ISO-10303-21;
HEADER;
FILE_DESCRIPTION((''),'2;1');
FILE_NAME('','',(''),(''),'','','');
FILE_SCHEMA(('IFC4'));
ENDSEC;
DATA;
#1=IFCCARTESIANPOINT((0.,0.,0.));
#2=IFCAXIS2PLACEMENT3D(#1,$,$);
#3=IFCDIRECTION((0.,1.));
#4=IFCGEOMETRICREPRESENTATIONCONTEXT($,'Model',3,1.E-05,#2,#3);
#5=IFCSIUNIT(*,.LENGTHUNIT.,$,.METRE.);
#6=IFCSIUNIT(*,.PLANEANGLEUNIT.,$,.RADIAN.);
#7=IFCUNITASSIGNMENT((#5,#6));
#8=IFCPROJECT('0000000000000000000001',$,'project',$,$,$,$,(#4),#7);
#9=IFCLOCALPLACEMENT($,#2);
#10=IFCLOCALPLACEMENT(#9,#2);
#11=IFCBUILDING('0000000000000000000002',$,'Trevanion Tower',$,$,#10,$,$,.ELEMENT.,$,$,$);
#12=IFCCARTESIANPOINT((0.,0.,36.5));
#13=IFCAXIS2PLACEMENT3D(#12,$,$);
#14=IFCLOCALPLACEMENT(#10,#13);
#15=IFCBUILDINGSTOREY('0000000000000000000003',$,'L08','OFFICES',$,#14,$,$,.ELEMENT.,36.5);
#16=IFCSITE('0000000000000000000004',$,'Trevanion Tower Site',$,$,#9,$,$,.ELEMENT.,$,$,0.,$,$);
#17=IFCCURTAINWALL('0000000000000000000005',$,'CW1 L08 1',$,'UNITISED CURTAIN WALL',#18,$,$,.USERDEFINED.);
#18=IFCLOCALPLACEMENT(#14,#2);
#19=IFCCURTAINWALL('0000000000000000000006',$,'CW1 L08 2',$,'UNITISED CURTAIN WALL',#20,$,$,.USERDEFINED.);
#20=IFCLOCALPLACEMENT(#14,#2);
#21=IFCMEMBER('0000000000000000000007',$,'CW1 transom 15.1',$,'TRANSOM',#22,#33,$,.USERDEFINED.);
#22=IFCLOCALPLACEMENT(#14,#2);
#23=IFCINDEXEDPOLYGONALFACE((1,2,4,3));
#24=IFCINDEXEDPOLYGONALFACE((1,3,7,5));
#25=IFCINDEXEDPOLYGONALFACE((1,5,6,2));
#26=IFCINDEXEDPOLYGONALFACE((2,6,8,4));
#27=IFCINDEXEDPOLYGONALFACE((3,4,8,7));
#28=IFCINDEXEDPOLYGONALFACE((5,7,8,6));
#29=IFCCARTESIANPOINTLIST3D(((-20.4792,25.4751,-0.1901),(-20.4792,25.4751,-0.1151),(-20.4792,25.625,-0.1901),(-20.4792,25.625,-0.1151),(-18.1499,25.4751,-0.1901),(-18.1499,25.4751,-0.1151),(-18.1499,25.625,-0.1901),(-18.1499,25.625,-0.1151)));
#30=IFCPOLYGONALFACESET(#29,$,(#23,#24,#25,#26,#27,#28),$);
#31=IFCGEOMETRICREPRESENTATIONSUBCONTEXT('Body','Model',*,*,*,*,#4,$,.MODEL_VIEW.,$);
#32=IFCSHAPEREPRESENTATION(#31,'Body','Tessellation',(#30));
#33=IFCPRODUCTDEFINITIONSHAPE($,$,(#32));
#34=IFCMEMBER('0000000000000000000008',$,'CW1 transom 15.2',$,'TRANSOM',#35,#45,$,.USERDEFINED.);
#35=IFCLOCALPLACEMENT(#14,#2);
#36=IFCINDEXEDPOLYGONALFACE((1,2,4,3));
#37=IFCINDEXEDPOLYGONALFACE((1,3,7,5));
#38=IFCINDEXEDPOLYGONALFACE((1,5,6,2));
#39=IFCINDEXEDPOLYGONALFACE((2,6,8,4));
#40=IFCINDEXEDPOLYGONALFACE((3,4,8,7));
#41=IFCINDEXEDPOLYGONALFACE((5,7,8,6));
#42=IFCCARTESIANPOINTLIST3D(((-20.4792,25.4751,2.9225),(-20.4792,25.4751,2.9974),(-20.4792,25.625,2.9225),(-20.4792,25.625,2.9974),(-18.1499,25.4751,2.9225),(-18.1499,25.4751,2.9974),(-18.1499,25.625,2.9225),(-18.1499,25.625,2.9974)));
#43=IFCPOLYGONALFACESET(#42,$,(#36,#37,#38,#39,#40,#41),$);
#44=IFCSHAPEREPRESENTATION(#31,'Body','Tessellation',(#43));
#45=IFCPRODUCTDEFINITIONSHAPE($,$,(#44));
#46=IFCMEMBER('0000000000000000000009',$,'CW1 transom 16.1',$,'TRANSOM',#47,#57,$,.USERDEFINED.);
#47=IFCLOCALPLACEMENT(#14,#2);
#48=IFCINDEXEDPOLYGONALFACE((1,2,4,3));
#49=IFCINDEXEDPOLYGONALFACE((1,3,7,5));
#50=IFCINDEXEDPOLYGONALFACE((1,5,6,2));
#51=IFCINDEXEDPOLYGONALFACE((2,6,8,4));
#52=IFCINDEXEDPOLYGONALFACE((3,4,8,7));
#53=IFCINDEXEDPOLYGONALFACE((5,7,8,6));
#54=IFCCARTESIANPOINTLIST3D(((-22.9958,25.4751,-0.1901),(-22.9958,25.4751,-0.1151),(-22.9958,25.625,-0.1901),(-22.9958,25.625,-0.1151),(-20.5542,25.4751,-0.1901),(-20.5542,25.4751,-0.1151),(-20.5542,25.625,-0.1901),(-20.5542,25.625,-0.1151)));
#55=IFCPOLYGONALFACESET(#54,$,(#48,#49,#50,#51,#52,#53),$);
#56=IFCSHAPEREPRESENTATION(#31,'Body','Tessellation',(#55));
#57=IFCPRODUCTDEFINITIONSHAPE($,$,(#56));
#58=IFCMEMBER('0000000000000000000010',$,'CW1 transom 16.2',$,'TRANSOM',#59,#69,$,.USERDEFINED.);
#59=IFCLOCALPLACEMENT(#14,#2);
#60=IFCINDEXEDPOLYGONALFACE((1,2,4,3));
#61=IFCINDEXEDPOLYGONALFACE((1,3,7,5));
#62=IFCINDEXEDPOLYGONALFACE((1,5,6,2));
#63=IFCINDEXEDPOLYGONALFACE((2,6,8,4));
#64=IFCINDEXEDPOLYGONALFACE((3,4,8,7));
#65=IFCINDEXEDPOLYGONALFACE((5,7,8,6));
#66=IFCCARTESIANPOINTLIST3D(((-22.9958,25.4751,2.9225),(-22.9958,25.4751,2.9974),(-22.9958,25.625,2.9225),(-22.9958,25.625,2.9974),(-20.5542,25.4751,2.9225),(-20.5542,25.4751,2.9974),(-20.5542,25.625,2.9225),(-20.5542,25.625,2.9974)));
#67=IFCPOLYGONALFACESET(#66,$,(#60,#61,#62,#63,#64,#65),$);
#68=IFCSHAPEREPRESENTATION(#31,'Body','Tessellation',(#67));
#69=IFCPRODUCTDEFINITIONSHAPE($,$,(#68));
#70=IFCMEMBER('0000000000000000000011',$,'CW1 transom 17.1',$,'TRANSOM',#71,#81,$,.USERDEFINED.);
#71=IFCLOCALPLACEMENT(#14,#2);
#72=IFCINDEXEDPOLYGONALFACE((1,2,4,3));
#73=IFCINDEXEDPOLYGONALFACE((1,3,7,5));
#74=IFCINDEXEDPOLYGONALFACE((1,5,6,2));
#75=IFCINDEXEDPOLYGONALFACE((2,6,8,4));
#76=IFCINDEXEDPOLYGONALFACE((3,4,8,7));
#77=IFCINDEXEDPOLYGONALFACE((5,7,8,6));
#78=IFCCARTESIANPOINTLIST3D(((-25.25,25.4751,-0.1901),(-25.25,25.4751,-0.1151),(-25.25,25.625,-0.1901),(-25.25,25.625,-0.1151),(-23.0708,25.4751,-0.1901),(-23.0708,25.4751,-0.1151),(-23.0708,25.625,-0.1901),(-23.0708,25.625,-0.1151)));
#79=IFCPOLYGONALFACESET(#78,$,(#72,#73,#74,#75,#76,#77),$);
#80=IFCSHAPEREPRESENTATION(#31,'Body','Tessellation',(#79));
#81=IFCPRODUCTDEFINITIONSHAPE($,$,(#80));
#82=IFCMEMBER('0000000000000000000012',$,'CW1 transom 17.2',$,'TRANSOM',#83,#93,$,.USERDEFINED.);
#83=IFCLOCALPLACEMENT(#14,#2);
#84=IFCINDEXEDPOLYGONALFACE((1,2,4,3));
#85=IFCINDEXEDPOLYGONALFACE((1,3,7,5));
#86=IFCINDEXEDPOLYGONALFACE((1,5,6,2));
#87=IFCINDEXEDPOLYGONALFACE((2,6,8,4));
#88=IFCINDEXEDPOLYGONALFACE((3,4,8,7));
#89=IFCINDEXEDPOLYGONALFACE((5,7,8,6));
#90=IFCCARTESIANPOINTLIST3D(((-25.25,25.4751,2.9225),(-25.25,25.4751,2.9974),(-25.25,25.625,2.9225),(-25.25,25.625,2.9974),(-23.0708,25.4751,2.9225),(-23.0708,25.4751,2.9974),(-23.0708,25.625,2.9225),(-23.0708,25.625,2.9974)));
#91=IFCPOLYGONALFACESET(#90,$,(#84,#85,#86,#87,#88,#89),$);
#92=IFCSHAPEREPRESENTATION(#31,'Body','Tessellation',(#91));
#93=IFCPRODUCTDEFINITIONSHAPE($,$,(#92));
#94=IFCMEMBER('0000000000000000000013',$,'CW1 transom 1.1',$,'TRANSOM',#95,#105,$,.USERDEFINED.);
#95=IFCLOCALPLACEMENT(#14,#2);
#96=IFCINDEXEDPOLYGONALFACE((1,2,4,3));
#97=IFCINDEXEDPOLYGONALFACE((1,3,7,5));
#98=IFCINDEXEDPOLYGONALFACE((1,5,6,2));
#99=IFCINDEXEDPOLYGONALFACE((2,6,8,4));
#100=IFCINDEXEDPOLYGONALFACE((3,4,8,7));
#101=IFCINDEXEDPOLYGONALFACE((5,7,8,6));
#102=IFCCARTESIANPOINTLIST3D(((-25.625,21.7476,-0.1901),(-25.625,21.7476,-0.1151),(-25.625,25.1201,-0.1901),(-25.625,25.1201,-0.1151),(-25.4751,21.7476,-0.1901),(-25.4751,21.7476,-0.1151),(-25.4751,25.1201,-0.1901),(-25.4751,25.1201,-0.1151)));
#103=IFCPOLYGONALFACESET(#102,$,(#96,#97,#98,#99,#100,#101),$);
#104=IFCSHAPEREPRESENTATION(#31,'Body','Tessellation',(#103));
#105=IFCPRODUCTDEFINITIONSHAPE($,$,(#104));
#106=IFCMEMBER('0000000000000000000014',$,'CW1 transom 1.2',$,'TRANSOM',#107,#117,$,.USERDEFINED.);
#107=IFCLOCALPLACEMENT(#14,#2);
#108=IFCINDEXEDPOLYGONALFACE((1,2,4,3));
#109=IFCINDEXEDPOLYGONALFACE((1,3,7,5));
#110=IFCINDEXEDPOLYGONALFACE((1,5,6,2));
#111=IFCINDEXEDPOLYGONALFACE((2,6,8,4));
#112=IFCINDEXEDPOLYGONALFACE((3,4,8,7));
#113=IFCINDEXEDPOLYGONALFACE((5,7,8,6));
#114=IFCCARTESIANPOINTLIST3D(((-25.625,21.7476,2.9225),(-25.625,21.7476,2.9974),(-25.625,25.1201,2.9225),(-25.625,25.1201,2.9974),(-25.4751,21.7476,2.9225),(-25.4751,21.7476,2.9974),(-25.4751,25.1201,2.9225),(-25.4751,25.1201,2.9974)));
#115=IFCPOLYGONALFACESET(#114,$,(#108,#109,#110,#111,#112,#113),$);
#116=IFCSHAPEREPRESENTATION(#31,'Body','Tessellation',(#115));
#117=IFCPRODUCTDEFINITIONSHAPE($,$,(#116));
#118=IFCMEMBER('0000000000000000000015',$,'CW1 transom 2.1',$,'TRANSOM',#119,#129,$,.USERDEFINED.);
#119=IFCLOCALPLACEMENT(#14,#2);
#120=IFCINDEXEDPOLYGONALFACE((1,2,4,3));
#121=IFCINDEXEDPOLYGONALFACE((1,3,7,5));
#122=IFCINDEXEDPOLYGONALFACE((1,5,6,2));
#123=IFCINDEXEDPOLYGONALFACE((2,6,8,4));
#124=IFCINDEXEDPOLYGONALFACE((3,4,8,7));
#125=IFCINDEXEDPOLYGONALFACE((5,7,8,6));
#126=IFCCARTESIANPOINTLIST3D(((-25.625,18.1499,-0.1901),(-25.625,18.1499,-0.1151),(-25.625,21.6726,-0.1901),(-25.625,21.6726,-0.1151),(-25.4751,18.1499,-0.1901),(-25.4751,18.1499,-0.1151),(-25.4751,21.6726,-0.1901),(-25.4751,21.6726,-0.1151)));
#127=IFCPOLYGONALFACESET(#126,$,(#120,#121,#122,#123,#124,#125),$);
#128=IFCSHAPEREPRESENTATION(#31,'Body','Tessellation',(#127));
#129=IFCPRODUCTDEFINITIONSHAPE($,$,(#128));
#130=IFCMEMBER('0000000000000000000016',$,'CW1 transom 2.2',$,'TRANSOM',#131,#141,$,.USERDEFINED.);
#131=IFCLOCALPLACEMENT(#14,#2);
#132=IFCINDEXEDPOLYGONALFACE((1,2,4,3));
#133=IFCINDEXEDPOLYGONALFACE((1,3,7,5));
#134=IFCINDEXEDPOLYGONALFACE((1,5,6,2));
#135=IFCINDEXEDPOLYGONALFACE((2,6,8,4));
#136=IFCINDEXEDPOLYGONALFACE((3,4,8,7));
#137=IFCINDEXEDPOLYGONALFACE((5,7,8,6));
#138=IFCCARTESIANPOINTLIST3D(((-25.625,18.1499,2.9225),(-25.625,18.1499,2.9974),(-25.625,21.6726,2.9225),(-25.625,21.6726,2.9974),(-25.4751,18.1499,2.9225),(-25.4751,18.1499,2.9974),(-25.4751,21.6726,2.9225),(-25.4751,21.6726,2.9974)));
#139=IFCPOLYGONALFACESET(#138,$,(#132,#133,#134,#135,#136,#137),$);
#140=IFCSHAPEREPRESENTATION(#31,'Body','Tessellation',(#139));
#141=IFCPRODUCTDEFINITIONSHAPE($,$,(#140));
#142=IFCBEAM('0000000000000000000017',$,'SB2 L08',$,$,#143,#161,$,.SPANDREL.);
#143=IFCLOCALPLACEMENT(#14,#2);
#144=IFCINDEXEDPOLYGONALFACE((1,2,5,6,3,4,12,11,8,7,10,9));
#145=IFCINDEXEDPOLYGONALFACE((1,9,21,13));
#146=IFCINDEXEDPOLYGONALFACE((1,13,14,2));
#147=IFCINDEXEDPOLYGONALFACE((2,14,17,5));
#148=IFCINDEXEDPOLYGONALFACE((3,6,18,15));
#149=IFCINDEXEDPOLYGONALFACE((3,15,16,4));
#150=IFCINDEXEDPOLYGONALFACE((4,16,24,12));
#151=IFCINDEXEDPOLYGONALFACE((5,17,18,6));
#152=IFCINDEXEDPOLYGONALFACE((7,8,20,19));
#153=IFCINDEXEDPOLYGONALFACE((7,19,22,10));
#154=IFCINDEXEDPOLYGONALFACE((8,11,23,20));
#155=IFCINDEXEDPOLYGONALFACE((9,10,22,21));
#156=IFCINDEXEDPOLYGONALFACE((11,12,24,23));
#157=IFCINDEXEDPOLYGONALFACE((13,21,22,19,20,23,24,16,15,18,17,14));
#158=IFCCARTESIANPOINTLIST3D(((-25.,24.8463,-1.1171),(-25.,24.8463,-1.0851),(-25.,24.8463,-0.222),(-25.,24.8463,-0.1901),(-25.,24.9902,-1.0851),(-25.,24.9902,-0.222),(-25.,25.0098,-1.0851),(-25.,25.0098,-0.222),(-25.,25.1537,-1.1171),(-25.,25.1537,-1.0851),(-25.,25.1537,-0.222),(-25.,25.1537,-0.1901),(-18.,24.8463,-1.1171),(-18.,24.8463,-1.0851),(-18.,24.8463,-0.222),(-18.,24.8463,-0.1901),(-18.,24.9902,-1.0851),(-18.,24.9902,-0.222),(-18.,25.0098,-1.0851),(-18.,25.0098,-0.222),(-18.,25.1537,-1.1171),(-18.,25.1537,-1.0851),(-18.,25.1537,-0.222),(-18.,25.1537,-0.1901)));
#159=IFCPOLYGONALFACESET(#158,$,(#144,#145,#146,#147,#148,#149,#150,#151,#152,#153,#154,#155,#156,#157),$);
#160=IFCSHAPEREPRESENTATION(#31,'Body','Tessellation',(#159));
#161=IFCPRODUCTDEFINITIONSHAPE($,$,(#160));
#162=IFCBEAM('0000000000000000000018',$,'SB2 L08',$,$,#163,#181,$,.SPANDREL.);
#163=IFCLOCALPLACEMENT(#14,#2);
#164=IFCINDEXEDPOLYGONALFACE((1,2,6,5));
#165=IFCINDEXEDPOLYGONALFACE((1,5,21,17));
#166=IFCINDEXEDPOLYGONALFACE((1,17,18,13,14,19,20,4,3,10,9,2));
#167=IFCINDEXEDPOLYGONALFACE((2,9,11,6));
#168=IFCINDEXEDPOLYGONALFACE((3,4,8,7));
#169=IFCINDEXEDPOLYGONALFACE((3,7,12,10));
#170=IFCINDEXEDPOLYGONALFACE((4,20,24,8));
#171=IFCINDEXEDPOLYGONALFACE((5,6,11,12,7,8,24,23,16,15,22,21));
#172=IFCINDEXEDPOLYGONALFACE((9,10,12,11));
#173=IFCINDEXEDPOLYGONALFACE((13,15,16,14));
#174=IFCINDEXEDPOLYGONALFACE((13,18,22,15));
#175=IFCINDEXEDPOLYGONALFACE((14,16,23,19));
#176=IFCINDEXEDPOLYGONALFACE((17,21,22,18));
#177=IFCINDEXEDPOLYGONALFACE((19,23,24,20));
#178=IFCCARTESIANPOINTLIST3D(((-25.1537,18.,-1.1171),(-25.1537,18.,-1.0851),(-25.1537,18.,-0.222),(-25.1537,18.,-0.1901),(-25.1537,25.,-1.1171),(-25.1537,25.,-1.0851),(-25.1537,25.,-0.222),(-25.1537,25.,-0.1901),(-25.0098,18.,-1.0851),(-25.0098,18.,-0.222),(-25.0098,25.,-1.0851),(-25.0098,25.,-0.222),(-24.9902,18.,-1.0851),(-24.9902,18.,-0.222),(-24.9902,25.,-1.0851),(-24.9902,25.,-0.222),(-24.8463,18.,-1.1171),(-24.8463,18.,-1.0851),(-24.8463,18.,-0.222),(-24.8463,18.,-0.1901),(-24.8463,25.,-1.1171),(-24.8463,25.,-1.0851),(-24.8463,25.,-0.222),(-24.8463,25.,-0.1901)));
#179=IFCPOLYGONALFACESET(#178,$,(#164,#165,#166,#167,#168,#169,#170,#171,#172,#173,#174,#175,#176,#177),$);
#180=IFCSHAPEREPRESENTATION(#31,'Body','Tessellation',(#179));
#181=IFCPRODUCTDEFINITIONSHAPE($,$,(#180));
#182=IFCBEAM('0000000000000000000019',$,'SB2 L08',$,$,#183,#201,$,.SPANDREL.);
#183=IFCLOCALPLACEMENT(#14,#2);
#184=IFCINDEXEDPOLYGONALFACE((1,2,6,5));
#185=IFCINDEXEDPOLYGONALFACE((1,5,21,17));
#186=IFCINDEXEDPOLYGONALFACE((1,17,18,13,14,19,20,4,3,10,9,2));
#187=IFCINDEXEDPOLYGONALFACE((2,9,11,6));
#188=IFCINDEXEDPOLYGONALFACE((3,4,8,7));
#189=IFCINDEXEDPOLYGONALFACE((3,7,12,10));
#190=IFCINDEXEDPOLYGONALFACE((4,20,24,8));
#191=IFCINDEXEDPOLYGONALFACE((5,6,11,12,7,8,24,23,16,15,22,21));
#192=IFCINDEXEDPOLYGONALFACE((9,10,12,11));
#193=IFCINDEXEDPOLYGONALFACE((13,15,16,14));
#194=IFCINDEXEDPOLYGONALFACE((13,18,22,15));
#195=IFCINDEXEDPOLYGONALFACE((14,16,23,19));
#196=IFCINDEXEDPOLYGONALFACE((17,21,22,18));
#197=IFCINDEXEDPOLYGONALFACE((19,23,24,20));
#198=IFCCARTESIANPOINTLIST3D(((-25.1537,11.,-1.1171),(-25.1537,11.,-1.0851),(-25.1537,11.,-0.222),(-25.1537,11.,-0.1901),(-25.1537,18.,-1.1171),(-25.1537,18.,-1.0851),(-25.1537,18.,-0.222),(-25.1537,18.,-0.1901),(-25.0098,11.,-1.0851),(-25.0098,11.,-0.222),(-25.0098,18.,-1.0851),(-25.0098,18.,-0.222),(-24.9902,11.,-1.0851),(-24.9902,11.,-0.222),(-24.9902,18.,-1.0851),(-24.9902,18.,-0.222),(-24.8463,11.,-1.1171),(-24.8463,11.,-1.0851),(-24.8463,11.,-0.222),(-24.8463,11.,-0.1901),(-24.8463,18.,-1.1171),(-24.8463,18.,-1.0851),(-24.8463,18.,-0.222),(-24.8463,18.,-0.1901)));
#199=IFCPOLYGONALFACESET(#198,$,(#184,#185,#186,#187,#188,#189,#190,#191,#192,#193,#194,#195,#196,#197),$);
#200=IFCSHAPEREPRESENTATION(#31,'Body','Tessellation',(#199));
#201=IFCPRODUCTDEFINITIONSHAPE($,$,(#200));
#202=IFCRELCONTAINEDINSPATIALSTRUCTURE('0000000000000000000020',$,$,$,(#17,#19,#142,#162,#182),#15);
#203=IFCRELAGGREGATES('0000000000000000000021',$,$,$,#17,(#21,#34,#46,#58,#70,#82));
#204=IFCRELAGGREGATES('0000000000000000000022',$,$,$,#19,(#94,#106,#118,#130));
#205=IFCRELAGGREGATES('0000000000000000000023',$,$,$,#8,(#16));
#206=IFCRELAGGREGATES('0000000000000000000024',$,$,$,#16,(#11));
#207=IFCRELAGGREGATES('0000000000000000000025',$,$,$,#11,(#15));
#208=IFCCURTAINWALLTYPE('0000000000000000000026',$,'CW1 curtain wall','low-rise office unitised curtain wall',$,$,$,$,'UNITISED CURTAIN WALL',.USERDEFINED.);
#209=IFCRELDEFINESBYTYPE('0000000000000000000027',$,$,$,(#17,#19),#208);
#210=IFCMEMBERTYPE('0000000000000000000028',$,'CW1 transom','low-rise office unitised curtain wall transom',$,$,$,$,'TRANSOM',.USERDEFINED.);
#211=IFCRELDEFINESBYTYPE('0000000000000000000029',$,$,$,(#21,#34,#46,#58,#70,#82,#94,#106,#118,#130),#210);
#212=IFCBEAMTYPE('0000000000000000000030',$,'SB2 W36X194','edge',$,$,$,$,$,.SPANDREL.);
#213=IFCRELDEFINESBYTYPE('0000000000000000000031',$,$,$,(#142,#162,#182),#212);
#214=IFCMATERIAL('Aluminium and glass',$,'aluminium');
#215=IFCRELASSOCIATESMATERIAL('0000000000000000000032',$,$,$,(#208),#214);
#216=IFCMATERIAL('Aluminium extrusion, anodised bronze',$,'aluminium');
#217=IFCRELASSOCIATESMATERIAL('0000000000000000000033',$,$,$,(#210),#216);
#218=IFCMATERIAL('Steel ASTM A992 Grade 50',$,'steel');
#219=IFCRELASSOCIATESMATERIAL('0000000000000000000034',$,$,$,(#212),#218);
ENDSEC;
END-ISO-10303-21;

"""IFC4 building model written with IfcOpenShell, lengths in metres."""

from ifc_helpers import new_model, si_unit, direction, frame, origin, origin_2d, place, context, subcontext, project, spatial, rectangle, i_section, extrude, material, material_profile, profile_set, type_object, element, aggregate, save


model = new_model("IFC4")

# Units and contexts
model_context = context("Model", 3, precision=1e-05, world=origin(), true_north=direction((0.0, 1.0)))
body_context = subcontext(model_context, "Body", "Model", "MODEL_VIEW")
ifc_project = project(units=[si_unit("LENGTHUNIT", "METRE"), si_unit("PLANEANGLEUNIT", "RADIAN")], contexts=[model_context])

# Site, building, storey
site_placement = place(None, origin())
site = spatial("IfcSite", under=ifc_project, at=site_placement, Name="Trevanion Tower Site", CompositionType="ELEMENT", RefElevation=0.0)
building_placement = place(site_placement, origin())
building = spatial("IfcBuilding", under=site, at=building_placement, Name="Trevanion Tower", CompositionType="ELEMENT")
storey_placement = place(building_placement, frame((0.0, 0.0, 36.5)))
storey = spatial("IfcBuildingStorey", under=building, at=storey_placement, Name="L08", Description="OFFICES", CompositionType="ELEMENT", Elevation=36.5)

# Curtain wall
ifc_material_1 = material(Name="Aluminium and glass", Category="aluminium")
curtain_wall_type = type_object("IfcCurtainWallType", Name="CW1 curtain wall", Description="low-rise office unitised curtain wall", ElementType="UNITISED CURTAIN WALL", PredefinedType="USERDEFINED", material=ifc_material_1)
curtain_wall_1_placement = place(storey_placement, origin())
curtain_wall_1 = element("IfcCurtainWall", 1, at=curtain_wall_1_placement, inside=storey, type_object=curtain_wall_type, Name="CW1 L08 1", ObjectType="UNITISED CURTAIN WALL", PredefinedType="USERDEFINED")

# Curtain wall
curtain_wall_2_placement = place(storey_placement, origin())
curtain_wall_2 = element("IfcCurtainWall", 2, at=curtain_wall_2_placement, inside=storey, type_object=curtain_wall_type, Name="CW1 L08 2", ObjectType="UNITISED CURTAIN WALL", PredefinedType="USERDEFINED")

# Members
ifc_material_2 = material(Name="Aluminium extrusion, anodised bronze", Category="aluminium")
ifc_material_profile_1 = material_profile(ifc_material_2, rectangle(XDim=0.1499, YDim=0.075, at=origin_2d()), Name="CW1 transom")
ifc_profile_set_1 = profile_set([ifc_material_profile_1], Name="Aluminium extrusion, anodised bronze")
member_type_1 = type_object("IfcMemberType", Name="CW1 transom", Description="low-rise office unitised curtain wall transom", ElementType="TRANSOM", PredefinedType="USERDEFINED", material=ifc_profile_set_1)
member_1_placement = place(storey_placement, frame((-18.1499, 25.55, -0.1526), z_axis=(-1.0, 0.0, 0.0), x_axis=(0.0, -1.0, 0.0)))
member_1 = element("IfcMember", 3, at=member_1_placement, type_object=member_type_1, Name="CW1 transom 15.1", ObjectType="TRANSOM", PredefinedType="USERDEFINED", context=body_context, shape_type="SweptSolid", body=[
    extrude(rectangle(XDim=0.1499, YDim=0.075, at=origin_2d()), origin(), (0.0, 0.0, 1.0), 2.3293),
])
member_2_placement = place(storey_placement, frame((-18.1499, 25.55, 2.96), z_axis=(-1.0, 0.0, 0.0), x_axis=(0.0, -1.0, 0.0)))
member_2 = element("IfcMember", 4, at=member_2_placement, type_object=member_type_1, Name="CW1 transom 15.2", ObjectType="TRANSOM", PredefinedType="USERDEFINED", context=body_context, shape_type="SweptSolid", body=[
    extrude(rectangle(XDim=0.1499, YDim=0.075, at=origin_2d()), origin(), (0.0, 0.0, 1.0), 2.3293),
])
member_3_placement = place(storey_placement, frame((-20.5542, 25.55, -0.1526), z_axis=(-1.0, 0.0, 0.0), x_axis=(0.0, -1.0, 0.0)))
member_3 = element("IfcMember", 5, at=member_3_placement, type_object=member_type_1, Name="CW1 transom 16.1", ObjectType="TRANSOM", PredefinedType="USERDEFINED", context=body_context, shape_type="SweptSolid", body=[
    extrude(rectangle(XDim=0.1499, YDim=0.075, at=origin_2d()), origin(), (0.0, 0.0, 1.0), 2.4417),
])
member_4_placement = place(storey_placement, frame((-20.5542, 25.55, 2.96), z_axis=(-1.0, 0.0, 0.0), x_axis=(0.0, -1.0, 0.0)))
member_4 = element("IfcMember", 6, at=member_4_placement, type_object=member_type_1, Name="CW1 transom 16.2", ObjectType="TRANSOM", PredefinedType="USERDEFINED", context=body_context, shape_type="SweptSolid", body=[
    extrude(rectangle(XDim=0.1499, YDim=0.075, at=origin_2d()), origin(), (0.0, 0.0, 1.0), 2.4417),
])
member_5_placement = place(storey_placement, frame((-23.0708, 25.55, -0.1526), z_axis=(-1.0, 0.0, 0.0), x_axis=(0.0, -1.0, 0.0)))
member_5 = element("IfcMember", 7, at=member_5_placement, type_object=member_type_1, Name="CW1 transom 17.1", ObjectType="TRANSOM", PredefinedType="USERDEFINED", context=body_context, shape_type="SweptSolid", body=[
    extrude(rectangle(XDim=0.1499, YDim=0.075, at=origin_2d()), origin(), (0.0, 0.0, 1.0), 2.1792),
])
member_6_placement = place(storey_placement, frame((-23.0708, 25.55, 2.96), z_axis=(-1.0, 0.0, 0.0), x_axis=(0.0, -1.0, 0.0)))
member_6 = element("IfcMember", 8, at=member_6_placement, type_object=member_type_1, Name="CW1 transom 17.2", ObjectType="TRANSOM", PredefinedType="USERDEFINED", context=body_context, shape_type="SweptSolid", body=[
    extrude(rectangle(XDim=0.1499, YDim=0.075, at=origin_2d()), origin(), (0.0, 0.0, 1.0), 2.1792),
])
member_7_placement = place(storey_placement, frame((-25.55, 25.1201, -0.1526), z_axis=(0.0, -1.0, 0.0), x_axis=(1.0, 0.0, 0.0)))
member_7 = element("IfcMember", 9, at=member_7_placement, type_object=member_type_1, Name="CW1 transom 1.1", ObjectType="TRANSOM", PredefinedType="USERDEFINED", context=body_context, shape_type="SweptSolid", body=[
    extrude(rectangle(XDim=0.1499, YDim=0.075, at=origin_2d()), origin(), (0.0, 0.0, 1.0), 3.3726),
])
member_8_placement = place(storey_placement, frame((-25.55, 25.1201, 2.96), z_axis=(0.0, -1.0, 0.0), x_axis=(1.0, 0.0, 0.0)))
member_8 = element("IfcMember", 10, at=member_8_placement, type_object=member_type_1, Name="CW1 transom 1.2", ObjectType="TRANSOM", PredefinedType="USERDEFINED", context=body_context, shape_type="SweptSolid", body=[
    extrude(rectangle(XDim=0.1499, YDim=0.075, at=origin_2d()), origin(), (0.0, 0.0, 1.0), 3.3726),
])
member_9_placement = place(storey_placement, frame((-25.55, 21.6726, -0.1526), z_axis=(0.0, -1.0, 0.0), x_axis=(1.0, 0.0, 0.0)))
member_9 = element("IfcMember", 11, at=member_9_placement, type_object=member_type_1, Name="CW1 transom 2.1", ObjectType="TRANSOM", PredefinedType="USERDEFINED", context=body_context, shape_type="SweptSolid", body=[
    extrude(rectangle(XDim=0.1499, YDim=0.075, at=origin_2d()), origin(), (0.0, 0.0, 1.0), 3.5227),
])
member_10_placement = place(storey_placement, frame((-25.55, 21.6726, 2.96), z_axis=(0.0, -1.0, 0.0), x_axis=(1.0, 0.0, 0.0)))
member_10 = element("IfcMember", 12, at=member_10_placement, type_object=member_type_1, Name="CW1 transom 2.2", ObjectType="TRANSOM", PredefinedType="USERDEFINED", context=body_context, shape_type="SweptSolid", body=[
    extrude(rectangle(XDim=0.1499, YDim=0.075, at=origin_2d()), origin(), (0.0, 0.0, 1.0), 3.5227),
])

# Beams
ifc_material_3 = material(Name="Steel ASTM A992 Grade 50", Category="steel")
ifc_material_profile_2 = material_profile(ifc_material_3, i_section(OverallWidth=0.3074, OverallDepth=0.927, WebThickness=0.0195, FlangeThickness=0.032, at=origin_2d()), Name="W36X194")
ifc_profile_set_2 = profile_set([ifc_material_profile_2], Name="Steel ASTM A992 Grade 50")
beam_type = type_object("IfcBeamType", Name="SB2 W36X194", Description="edge", PredefinedType="SPANDREL", material=ifc_profile_set_2)
for number, where, z_axis, x_axis, name in (
    (13, (-18.0, 25.0, -0.6536), (-1.0, 0.0, 0.0), (0.0, -1.0, 0.0), "SB2 L08"),
    (14, (-25.0, 25.0, -0.6536), (0.0, -1.0, 0.0), (1.0, 0.0, 0.0), "SB2 L08"),
    (15, (-25.0, 18.0, -0.6536), (0.0, -1.0, 0.0), (1.0, 0.0, 0.0), "SB2 L08"),
):
    element("IfcBeam", number, at=place(storey_placement, frame(where, z_axis=z_axis, x_axis=x_axis)), inside=storey, type_object=beam_type, Name=name, PredefinedType="SPANDREL", context=body_context, shape_type="SweptSolid", body=[
        extrude(i_section(OverallWidth=0.3074, OverallDepth=0.927, WebThickness=0.0195, FlangeThickness=0.032, at=origin_2d()), origin(), (0.0, 0.0, 1.0), 7.0),
    ])

aggregate(curtain_wall_1, [member_1, member_2, member_3, member_4, member_5, member_6])
aggregate(curtain_wall_2, [member_7, member_8, member_9, member_10])

save(model, "model.ifc")
